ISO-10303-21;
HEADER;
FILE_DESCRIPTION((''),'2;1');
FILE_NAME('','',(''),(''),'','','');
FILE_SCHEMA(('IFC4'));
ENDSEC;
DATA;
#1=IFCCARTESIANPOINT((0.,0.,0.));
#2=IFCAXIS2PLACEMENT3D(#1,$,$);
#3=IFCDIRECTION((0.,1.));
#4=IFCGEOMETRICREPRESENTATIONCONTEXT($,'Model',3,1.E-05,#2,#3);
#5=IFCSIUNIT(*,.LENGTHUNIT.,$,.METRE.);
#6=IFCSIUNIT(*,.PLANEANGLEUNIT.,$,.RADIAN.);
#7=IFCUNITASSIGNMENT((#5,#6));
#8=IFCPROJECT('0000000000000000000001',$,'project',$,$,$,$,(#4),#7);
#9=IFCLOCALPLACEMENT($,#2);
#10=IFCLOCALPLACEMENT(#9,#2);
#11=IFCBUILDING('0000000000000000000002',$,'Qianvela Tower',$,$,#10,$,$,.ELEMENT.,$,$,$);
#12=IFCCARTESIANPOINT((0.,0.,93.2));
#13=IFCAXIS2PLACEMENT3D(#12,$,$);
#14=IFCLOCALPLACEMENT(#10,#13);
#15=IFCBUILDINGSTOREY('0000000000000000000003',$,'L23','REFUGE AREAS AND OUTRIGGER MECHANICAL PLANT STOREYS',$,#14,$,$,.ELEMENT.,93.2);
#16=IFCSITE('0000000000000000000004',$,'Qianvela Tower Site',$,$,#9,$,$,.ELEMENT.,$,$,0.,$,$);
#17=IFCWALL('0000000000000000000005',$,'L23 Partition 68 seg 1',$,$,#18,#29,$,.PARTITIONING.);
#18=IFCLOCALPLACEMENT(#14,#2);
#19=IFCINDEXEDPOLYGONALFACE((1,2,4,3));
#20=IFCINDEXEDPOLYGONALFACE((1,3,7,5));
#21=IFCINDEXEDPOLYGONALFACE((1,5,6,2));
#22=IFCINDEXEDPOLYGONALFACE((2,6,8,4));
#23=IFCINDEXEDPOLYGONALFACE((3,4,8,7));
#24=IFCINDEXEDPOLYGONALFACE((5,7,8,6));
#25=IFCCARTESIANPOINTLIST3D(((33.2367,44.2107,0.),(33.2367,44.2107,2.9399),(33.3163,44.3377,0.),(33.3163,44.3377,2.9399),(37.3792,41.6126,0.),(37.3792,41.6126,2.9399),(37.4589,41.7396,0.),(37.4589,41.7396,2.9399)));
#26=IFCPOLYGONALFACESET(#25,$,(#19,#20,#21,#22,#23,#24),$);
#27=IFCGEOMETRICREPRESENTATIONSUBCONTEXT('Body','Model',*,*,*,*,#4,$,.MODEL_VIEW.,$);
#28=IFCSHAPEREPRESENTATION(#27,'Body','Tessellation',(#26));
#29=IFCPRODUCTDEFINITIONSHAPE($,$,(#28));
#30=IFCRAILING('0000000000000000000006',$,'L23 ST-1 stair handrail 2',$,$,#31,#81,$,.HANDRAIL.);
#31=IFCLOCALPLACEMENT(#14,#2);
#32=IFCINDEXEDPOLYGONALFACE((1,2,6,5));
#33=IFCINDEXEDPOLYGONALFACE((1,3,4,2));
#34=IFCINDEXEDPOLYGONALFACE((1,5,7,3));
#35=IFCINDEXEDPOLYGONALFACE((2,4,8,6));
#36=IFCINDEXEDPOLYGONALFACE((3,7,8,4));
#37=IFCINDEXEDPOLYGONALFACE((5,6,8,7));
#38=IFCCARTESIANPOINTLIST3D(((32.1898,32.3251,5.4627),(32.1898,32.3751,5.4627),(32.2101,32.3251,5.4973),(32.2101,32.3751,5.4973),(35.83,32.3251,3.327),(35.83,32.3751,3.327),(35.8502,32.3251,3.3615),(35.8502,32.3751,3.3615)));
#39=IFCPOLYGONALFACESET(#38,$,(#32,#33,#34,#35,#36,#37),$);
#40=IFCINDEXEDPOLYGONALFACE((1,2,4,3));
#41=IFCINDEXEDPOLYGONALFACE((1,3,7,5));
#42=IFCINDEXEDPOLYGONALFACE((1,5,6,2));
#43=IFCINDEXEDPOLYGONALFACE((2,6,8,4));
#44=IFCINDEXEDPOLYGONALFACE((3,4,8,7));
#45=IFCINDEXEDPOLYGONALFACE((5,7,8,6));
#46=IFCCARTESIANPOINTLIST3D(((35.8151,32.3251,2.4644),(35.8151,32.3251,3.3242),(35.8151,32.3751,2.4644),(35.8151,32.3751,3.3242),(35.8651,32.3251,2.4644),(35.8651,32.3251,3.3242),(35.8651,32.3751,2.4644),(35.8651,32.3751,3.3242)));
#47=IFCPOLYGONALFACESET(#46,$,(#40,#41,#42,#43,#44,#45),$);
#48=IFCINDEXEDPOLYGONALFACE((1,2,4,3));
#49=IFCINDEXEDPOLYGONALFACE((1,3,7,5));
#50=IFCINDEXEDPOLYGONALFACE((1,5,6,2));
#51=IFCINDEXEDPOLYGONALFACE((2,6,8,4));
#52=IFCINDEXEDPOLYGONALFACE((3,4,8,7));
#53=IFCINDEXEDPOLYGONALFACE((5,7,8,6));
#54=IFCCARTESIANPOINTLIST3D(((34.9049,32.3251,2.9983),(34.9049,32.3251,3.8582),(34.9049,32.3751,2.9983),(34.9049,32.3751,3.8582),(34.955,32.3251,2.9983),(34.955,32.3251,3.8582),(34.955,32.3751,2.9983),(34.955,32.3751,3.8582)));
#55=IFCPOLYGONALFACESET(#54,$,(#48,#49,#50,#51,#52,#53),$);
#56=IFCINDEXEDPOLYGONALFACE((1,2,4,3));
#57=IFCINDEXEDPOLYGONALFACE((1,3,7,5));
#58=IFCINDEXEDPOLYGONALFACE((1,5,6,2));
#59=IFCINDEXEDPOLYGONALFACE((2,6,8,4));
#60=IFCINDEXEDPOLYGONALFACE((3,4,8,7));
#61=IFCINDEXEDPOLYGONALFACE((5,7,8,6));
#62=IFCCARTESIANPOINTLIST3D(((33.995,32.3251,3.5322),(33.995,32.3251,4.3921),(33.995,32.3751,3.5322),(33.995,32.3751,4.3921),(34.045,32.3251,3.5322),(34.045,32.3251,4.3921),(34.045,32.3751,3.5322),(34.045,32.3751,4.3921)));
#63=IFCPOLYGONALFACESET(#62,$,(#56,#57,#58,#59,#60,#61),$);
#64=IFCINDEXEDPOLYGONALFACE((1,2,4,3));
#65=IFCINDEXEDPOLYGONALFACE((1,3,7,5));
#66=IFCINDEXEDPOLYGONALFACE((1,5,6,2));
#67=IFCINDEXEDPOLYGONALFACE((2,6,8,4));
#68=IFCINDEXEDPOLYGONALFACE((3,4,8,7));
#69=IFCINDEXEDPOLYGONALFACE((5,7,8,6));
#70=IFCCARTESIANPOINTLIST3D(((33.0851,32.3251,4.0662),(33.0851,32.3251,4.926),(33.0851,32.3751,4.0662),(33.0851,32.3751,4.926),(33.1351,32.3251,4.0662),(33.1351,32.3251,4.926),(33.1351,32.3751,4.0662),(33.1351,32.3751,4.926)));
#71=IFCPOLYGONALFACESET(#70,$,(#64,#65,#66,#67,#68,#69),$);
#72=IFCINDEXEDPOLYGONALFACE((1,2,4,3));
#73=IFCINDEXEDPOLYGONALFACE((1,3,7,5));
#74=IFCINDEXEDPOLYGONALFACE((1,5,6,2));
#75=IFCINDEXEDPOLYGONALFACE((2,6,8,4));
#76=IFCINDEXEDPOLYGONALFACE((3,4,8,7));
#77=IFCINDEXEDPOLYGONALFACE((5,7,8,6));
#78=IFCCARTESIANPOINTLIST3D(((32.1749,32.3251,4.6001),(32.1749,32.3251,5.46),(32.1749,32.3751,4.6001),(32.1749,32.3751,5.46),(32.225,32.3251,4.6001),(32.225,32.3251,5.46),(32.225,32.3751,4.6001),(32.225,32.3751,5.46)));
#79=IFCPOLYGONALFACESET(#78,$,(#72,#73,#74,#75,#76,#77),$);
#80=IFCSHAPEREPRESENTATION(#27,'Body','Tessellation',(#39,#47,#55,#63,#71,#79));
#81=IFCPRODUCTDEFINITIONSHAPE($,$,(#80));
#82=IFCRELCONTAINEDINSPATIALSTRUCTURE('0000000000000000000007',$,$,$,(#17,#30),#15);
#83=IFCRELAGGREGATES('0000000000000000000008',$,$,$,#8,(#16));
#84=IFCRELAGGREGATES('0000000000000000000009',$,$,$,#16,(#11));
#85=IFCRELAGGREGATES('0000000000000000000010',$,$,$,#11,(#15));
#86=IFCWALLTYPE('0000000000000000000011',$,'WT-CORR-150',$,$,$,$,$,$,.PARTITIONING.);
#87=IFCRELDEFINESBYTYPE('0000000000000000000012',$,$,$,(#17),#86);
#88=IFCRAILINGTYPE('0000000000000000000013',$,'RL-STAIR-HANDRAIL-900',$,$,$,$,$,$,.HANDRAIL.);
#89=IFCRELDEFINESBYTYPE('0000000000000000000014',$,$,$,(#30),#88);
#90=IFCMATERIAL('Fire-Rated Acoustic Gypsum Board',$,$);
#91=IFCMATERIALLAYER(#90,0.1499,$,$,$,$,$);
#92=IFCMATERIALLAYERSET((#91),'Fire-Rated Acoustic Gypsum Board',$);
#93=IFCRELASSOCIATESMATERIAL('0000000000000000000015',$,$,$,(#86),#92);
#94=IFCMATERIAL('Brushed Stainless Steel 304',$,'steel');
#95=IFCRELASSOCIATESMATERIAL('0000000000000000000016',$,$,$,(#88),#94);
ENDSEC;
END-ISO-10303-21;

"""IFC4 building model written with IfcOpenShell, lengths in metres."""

from ifc_helpers import new_model, si_unit, direction, frame, frame_2d, origin, origin_2d, place, context, subcontext, project, spatial, rectangle, extrude, material, layer, layer_set, type_object, element, save


model = new_model("IFC4")

# Units and contexts
model_context = context("Model", 3, precision=1e-05, world=origin(), true_north=direction((0.0, 1.0)))
body_context = subcontext(model_context, "Body", "Model", "MODEL_VIEW")
ifc_project = project(units=[si_unit("LENGTHUNIT", "METRE"), si_unit("PLANEANGLEUNIT", "RADIAN")], contexts=[model_context])

# Site, building, storey
site_placement = place(None, origin())
site = spatial("IfcSite", under=ifc_project, at=site_placement, Name="Qianvela Tower Site", CompositionType="ELEMENT", RefElevation=0.0)
building_placement = place(site_placement, origin())
building = spatial("IfcBuilding", under=site, at=building_placement, Name="Qianvela Tower", CompositionType="ELEMENT")
storey_placement = place(building_placement, frame((0.0, 0.0, 93.2)))
storey = spatial("IfcBuildingStorey", under=building, at=storey_placement, Name="L23", Description="REFUGE AREAS AND OUTRIGGER MECHANICAL PLANT STOREYS", CompositionType="ELEMENT", Elevation=93.2)

# Shared definitions
ifc_material_1 = material(Name="Fire-Rated Acoustic Gypsum Board")
ifc_layer_1 = layer(ifc_material_1, 0.1499)
ifc_layer_set_1 = layer_set([ifc_layer_1], Name="Fire-Rated Acoustic Gypsum Board")
wall_type_1 = type_object("IfcWallType", Name="WT-CORR-150", PredefinedType="PARTITIONING", material=ifc_layer_set_1)

# Wall
wall_1_placement = place(storey_placement, frame((33.2766, 44.2742, 0.0), z_axis=(0.0, 0.0, 1.0), x_axis=(0.847167, -0.531327, 0.0)))
element("IfcWall", 1, at=wall_1_placement, inside=storey, type_object=wall_type_1, Name="L23 Partition 68 seg 1", PredefinedType="PARTITIONING", context=body_context, shape_type="SweptSolid", body=[
    extrude(rectangle(XDim=4.8899, YDim=0.1499, at=frame_2d((2.4448, 0.0))), origin(), (0.0, 0.0, 1.0), 2.9399),
])

# Railing
ifc_material_2 = material(Name="Brushed Stainless Steel 304", Category="steel")
railing_type = type_object("IfcRailingType", Name="RL-STAIR-HANDRAIL-900", PredefinedType="HANDRAIL", material=ifc_material_2)
railing_placement = place(storey_placement, frame((35.8401, 32.3501, 2.4644)))
element("IfcRailing", 2, at=railing_placement, inside=storey, type_object=railing_type, Name="L23 ST-1 stair handrail 2", PredefinedType="HANDRAIL", context=body_context, shape_type="SweptSolid", body=[
    extrude(rectangle(XDim=0.05, YDim=0.04, at=origin_2d()), frame((0.0, 0.0, 0.8799), z_axis=(-0.862505, 0.0, 0.506049), x_axis=(0.0, -1.0, 0.0)), (0.0, 0.0, 1.0), 4.2205),
    extrude(rectangle(XDim=0.05, YDim=0.05, at=origin_2d()), origin(), (0.0, 0.0, 1.0), 0.8599),
    extrude(rectangle(XDim=0.05, YDim=0.05, at=origin_2d()), frame((-0.9102, 0.0, 0.5339)), (0.0, 0.0, 1.0), 0.8599),
    extrude(rectangle(XDim=0.05, YDim=0.05, at=origin_2d()), frame((-1.8201, 0.0, 1.0679)), (0.0, 0.0, 1.0), 0.8599),
    extrude(rectangle(XDim=0.05, YDim=0.05, at=origin_2d()), frame((-2.73, 0.0, 1.6018)), (0.0, 0.0, 1.0), 0.8599),
    extrude(rectangle(XDim=0.05, YDim=0.05, at=origin_2d()), frame((-3.6401, 0.0, 2.1357)), (0.0, 0.0, 1.0), 0.8599),
])

save(model, "model.ifc")
